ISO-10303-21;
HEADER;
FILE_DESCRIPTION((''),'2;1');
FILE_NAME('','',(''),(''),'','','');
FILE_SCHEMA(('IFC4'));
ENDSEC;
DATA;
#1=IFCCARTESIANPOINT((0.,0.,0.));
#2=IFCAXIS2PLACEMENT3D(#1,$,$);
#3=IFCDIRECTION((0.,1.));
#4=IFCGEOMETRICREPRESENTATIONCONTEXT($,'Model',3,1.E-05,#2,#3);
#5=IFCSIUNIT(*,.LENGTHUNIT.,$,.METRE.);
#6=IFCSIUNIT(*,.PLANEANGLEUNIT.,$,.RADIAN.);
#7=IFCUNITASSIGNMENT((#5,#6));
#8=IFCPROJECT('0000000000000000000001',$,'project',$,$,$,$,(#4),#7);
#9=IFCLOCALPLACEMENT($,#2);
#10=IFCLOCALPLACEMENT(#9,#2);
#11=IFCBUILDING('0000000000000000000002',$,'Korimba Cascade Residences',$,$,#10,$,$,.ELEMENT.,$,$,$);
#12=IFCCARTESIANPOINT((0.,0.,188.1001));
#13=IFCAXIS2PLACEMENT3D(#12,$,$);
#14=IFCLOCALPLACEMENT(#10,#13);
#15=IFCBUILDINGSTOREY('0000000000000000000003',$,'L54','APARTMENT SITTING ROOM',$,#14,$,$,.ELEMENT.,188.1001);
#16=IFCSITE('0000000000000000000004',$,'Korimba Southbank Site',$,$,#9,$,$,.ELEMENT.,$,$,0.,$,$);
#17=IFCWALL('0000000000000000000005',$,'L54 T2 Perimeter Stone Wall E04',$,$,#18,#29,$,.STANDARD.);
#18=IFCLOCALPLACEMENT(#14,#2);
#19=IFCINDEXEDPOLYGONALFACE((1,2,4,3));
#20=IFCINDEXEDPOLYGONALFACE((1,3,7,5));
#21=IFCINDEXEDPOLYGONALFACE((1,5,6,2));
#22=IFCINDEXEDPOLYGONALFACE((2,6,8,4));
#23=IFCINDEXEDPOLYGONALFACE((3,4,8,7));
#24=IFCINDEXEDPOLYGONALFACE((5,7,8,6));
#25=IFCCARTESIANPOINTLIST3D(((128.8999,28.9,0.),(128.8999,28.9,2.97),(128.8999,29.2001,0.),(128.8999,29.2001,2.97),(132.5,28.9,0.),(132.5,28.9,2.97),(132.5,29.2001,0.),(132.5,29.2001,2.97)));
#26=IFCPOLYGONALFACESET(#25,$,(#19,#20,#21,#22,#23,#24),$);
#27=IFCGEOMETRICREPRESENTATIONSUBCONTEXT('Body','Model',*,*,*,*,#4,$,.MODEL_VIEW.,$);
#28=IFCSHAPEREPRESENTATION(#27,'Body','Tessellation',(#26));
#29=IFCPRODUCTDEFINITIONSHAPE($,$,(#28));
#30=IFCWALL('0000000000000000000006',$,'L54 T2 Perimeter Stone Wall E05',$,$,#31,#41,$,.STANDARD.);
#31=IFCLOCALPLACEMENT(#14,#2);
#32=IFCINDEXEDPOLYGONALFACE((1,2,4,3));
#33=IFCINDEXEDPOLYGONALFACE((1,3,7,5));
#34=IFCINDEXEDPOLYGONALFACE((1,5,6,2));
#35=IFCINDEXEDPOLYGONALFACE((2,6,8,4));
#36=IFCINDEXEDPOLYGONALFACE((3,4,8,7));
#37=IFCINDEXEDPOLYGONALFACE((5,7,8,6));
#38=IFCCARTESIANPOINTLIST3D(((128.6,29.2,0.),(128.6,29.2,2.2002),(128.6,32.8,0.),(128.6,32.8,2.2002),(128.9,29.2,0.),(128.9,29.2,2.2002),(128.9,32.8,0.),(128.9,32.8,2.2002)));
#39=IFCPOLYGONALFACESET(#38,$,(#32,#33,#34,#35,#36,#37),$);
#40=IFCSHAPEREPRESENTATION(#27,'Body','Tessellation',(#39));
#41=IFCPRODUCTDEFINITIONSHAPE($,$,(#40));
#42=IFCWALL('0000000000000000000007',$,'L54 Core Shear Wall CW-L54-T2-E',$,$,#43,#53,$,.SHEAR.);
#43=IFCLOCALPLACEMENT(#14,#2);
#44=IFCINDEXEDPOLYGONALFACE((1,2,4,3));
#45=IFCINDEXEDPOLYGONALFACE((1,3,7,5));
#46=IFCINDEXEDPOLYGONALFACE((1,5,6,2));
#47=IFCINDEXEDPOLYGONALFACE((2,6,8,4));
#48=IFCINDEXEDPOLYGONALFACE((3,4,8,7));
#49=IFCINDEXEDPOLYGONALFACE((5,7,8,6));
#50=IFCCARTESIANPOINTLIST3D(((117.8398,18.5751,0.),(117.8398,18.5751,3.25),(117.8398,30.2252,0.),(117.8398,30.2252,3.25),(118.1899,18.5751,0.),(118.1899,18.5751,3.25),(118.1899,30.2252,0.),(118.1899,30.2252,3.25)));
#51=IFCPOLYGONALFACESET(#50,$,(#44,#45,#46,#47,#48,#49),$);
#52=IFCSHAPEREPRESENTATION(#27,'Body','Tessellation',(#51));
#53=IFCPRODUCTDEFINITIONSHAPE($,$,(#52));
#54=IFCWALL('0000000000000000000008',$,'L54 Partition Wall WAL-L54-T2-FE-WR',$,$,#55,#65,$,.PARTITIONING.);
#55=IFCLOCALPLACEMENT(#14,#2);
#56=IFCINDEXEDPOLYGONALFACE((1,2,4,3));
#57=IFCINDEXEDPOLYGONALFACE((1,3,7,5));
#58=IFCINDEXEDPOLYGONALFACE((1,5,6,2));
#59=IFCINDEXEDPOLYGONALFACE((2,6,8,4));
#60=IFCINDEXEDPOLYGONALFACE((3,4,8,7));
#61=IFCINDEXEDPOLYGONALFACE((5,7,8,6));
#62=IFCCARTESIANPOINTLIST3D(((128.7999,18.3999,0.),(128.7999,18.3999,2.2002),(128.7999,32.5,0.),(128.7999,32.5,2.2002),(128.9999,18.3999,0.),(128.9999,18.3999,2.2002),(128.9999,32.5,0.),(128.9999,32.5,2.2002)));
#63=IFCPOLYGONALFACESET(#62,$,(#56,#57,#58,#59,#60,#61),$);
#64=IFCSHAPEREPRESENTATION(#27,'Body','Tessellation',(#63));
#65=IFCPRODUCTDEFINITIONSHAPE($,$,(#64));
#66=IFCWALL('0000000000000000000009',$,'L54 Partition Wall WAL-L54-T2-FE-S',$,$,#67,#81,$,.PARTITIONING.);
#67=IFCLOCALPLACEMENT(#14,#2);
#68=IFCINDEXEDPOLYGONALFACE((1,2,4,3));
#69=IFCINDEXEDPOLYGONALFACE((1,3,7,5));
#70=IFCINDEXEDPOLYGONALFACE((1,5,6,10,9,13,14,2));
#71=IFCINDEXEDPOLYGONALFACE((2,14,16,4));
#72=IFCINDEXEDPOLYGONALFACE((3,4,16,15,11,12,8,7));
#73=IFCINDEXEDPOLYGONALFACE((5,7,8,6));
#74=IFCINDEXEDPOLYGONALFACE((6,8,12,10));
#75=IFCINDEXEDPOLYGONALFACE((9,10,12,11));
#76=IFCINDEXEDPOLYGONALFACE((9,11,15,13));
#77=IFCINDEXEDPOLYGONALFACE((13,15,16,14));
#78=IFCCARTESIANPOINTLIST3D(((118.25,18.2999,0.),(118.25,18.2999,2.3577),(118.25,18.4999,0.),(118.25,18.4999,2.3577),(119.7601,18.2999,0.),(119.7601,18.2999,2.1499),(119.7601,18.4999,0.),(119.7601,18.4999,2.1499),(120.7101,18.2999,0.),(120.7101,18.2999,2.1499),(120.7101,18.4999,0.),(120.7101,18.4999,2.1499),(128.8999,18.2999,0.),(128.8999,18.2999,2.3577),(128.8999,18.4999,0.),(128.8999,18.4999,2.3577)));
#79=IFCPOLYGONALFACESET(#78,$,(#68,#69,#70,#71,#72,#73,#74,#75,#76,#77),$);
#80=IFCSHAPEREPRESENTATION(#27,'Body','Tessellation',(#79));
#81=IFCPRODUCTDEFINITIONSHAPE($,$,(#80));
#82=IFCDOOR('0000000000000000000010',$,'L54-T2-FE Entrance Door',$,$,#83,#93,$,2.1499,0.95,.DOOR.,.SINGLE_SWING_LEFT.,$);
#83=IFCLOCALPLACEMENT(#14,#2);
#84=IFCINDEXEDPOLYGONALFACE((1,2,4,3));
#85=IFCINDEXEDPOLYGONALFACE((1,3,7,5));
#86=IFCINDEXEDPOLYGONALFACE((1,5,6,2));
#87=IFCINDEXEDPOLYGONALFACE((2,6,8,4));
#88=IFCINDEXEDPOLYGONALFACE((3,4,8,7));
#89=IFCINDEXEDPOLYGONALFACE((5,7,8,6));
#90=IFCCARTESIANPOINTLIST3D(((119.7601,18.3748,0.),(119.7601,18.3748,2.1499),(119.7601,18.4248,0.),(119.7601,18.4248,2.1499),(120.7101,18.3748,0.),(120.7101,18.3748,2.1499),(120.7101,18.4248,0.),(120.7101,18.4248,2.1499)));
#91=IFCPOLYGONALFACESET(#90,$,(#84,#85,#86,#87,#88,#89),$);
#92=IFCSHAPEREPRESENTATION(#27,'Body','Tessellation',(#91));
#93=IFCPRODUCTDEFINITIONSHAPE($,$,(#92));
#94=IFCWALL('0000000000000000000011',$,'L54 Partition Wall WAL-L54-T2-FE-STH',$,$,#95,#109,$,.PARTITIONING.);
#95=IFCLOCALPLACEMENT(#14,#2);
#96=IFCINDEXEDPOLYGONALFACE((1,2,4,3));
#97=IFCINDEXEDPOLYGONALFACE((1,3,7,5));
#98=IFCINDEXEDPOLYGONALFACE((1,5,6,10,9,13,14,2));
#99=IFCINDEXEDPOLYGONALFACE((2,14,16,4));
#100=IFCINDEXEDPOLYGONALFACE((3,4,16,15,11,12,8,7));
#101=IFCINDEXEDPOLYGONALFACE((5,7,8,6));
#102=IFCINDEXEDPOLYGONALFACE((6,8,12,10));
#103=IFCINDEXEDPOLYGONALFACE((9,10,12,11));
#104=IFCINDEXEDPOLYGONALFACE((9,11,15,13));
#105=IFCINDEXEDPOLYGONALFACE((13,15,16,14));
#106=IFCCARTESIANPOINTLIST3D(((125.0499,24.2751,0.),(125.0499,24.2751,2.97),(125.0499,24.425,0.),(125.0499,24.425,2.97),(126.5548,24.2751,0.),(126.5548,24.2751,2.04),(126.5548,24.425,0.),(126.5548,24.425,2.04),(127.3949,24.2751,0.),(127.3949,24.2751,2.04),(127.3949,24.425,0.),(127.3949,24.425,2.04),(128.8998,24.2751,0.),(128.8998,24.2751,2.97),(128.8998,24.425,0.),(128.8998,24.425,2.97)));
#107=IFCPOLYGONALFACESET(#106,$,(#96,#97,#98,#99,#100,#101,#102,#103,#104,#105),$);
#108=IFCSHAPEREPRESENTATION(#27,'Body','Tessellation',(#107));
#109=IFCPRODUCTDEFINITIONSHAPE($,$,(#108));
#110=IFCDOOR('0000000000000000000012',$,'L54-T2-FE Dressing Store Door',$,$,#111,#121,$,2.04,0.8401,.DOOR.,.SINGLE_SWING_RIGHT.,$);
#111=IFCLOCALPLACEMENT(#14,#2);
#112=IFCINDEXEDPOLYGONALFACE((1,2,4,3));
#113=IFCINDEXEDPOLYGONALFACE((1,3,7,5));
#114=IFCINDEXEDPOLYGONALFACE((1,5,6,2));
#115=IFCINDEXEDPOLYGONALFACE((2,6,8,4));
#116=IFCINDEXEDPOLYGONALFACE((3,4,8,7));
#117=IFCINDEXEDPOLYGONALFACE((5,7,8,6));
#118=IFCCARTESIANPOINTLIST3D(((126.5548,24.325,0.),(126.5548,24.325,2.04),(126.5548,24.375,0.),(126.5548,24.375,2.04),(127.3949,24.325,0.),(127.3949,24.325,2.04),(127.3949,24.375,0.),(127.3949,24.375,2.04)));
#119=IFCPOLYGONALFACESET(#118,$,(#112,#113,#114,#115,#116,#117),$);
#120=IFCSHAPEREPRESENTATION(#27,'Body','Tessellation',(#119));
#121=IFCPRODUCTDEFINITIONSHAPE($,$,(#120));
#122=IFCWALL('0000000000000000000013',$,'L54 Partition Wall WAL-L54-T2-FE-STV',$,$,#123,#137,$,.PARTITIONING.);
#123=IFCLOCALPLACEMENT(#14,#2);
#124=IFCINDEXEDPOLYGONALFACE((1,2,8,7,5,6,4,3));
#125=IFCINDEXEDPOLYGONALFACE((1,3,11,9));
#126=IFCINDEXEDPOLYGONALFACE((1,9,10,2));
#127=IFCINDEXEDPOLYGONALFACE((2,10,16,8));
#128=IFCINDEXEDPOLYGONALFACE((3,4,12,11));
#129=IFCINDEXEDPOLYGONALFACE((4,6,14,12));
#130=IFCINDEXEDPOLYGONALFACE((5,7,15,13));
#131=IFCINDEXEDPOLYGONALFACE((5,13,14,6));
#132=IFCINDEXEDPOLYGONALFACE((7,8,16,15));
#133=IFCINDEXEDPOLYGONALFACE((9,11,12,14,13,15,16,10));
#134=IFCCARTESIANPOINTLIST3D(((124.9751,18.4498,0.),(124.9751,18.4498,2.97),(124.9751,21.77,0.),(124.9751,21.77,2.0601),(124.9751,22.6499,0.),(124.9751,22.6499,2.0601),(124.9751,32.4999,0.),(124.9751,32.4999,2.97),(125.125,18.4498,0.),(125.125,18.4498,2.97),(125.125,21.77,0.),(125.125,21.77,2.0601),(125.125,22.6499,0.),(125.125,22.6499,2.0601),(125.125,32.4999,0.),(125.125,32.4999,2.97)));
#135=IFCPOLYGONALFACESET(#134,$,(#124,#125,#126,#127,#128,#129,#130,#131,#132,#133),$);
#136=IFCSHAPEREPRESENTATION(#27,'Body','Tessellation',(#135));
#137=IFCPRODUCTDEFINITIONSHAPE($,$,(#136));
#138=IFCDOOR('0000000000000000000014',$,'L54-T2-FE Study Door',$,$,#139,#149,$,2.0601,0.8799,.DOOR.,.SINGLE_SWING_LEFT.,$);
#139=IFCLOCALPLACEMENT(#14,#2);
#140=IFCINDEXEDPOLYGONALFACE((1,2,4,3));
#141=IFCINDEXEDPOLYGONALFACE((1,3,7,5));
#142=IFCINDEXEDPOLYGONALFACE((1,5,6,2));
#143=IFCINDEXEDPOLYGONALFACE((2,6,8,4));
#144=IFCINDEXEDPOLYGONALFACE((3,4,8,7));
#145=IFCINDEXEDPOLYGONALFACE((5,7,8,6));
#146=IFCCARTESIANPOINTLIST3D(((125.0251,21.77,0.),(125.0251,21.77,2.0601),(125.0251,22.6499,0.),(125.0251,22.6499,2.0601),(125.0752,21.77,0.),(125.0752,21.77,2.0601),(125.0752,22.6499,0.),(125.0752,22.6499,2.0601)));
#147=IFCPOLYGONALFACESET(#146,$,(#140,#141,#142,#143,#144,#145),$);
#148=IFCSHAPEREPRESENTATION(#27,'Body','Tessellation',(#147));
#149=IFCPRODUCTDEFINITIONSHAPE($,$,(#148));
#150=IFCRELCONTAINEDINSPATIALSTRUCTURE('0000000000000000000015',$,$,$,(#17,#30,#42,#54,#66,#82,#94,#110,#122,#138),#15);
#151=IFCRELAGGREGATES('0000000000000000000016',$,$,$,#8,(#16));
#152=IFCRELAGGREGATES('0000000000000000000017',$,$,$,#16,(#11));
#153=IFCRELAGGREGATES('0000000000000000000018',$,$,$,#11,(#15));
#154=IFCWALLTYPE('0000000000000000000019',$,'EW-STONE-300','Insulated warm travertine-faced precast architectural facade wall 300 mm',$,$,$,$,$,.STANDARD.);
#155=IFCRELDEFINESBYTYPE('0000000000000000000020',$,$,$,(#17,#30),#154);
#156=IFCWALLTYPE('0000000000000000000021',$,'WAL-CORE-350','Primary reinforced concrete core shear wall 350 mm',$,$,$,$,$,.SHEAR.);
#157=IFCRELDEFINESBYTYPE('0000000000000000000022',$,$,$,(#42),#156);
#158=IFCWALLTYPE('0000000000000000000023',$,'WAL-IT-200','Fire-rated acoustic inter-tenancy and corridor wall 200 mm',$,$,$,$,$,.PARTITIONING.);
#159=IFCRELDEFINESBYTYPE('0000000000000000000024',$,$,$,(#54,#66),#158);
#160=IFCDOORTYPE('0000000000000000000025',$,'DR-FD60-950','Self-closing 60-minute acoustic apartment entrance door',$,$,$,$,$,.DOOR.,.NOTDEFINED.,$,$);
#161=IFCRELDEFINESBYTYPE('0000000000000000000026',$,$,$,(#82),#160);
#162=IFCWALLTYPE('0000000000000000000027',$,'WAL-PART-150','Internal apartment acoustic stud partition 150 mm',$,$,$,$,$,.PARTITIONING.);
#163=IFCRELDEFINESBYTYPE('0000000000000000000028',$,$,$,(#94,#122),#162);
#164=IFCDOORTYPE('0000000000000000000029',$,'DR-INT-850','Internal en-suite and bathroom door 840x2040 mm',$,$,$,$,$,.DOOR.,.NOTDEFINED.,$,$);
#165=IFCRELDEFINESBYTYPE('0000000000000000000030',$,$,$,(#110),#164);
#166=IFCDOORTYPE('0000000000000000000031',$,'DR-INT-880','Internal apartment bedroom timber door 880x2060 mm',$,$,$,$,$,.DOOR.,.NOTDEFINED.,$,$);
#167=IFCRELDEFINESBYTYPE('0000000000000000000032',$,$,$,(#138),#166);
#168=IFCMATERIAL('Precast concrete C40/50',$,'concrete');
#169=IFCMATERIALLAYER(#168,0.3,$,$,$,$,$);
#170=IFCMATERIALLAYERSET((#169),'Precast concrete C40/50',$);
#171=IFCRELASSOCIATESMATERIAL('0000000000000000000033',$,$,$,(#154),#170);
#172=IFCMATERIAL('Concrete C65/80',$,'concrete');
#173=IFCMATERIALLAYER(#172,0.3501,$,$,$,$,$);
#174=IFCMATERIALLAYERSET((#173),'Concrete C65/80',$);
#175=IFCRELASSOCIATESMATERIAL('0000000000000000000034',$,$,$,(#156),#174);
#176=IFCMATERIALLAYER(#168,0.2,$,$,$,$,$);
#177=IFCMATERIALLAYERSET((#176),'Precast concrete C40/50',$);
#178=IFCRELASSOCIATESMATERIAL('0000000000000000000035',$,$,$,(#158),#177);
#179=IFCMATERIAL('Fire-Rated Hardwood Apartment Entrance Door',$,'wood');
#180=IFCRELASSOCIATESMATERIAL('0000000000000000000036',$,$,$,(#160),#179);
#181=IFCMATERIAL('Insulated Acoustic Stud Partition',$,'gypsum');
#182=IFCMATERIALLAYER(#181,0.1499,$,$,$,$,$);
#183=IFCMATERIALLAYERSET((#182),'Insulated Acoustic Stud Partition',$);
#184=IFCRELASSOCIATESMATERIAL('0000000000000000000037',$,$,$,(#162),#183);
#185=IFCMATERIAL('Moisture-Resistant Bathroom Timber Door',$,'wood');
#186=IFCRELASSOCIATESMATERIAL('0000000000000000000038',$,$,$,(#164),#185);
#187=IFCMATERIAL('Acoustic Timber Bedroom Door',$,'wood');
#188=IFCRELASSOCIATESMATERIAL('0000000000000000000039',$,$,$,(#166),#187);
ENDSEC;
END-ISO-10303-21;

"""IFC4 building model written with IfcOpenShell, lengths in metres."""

from ifc_helpers import new_model, si_unit, direction, frame, frame_2d, origin, place, context, subcontext, project, spatial, rectangle, extrude, material, layer, layer_set, type_object, element, fill, save


model = new_model("IFC4")

# Units and contexts
model_context = context("Model", 3, precision=1e-05, world=origin(), true_north=direction((0.0, 1.0)))
body_context = subcontext(model_context, "Body", "Model", "MODEL_VIEW")
ifc_project = project(units=[si_unit("LENGTHUNIT", "METRE"), si_unit("PLANEANGLEUNIT", "RADIAN")], contexts=[model_context])

# Site, building, storey
site_placement = place(None, origin())
site = spatial("IfcSite", under=ifc_project, at=site_placement, Name="Korimba Southbank Site", CompositionType="ELEMENT", RefElevation=0.0)
building_placement = place(site_placement, origin())
building = spatial("IfcBuilding", under=site, at=building_placement, Name="Korimba Cascade Residences", CompositionType="ELEMENT")
storey_placement = place(building_placement, frame((0.0, 0.0, 188.1001)))
storey = spatial("IfcBuildingStorey", under=building, at=storey_placement, Name="L54", Description="APARTMENT SITTING ROOM", CompositionType="ELEMENT", Elevation=188.1001)

# Walls
ifc_material_1 = material(Name="Precast concrete C40/50", Category="concrete")
ifc_layer_1 = layer(ifc_material_1, 0.3)
ifc_layer_set_1 = layer_set([ifc_layer_1], Name="Precast concrete C40/50")
wall_type_1 = type_object("IfcWallType", Name="EW-STONE-300", Description="Insulated warm travertine-faced precast architectural facade wall 300 mm", PredefinedType="STANDARD", material=ifc_layer_set_1)
wall_1_placement = place(storey_placement, frame((132.5, 29.05, 0.0), z_axis=(0.0, 0.0, 1.0), x_axis=(-1.0, 0.0, 0.0)))
element("IfcWall", 1, at=wall_1_placement, inside=storey, type_object=wall_type_1, Name="L54 T2 Perimeter Stone Wall E04", PredefinedType="STANDARD", context=body_context, shape_type="SweptSolid", body=[
    extrude(rectangle(XDim=3.6001, YDim=0.3, at=frame_2d((1.8, 0.0))), origin(), (0.0, 0.0, 1.0), 2.97),
])
wall_2_placement = place(storey_placement, frame((128.75, 29.2, 0.0), z_axis=(0.0, 0.0, 1.0), x_axis=(0.0, 1.0, 0.0)))
element("IfcWall", 2, at=wall_2_placement, inside=storey, type_object=wall_type_1, Name="L54 T2 Perimeter Stone Wall E05", PredefinedType="STANDARD", context=body_context, shape_type="SweptSolid", body=[
    extrude(rectangle(XDim=3.6001, YDim=0.3, at=frame_2d((1.8, 0.0))), origin(), (0.0, 0.0, 1.0), 2.2002),
])
ifc_material_2 = material(Name="Concrete C65/80", Category="concrete")
ifc_layer_2 = layer(ifc_material_2, 0.3501)
ifc_layer_set_2 = layer_set([ifc_layer_2], Name="Concrete C65/80")
wall_type_2 = type_object("IfcWallType", Name="WAL-CORE-350", Description="Primary reinforced concrete core shear wall 350 mm", PredefinedType="SHEAR", material=ifc_layer_set_2)
wall_3_placement = place(storey_placement, frame((118.0149, 18.575, 0.0), z_axis=(0.0, 0.0, 1.0), x_axis=(0.0, 1.0, 0.0)))
element("IfcWall", 3, at=wall_3_placement, inside=storey, type_object=wall_type_2, Name="L54 Core Shear Wall CW-L54-T2-E", PredefinedType="SHEAR", context=body_context, shape_type="SweptSolid", body=[
    extrude(rectangle(XDim=11.6501, YDim=0.3501, at=frame_2d((5.8252, 0.0))), origin(), (0.0, 0.0, 1.0), 3.25),
])
ifc_layer_3 = layer(ifc_material_1, 0.2)
ifc_layer_set_3 = layer_set([ifc_layer_3], Name="Precast concrete C40/50")
wall_type_3 = type_object("IfcWallType", Name="WAL-IT-200", Description="Fire-rated acoustic inter-tenancy and corridor wall 200 mm", PredefinedType="PARTITIONING", material=ifc_layer_set_3)
wall_4_placement = place(storey_placement, frame((128.8999, 18.3999, 0.0), z_axis=(0.0, 0.0, 1.0), x_axis=(0.0, 1.0, 0.0)))
element("IfcWall", 4, at=wall_4_placement, inside=storey, type_object=wall_type_3, Name="L54 Partition Wall WAL-L54-T2-FE-WR", PredefinedType="PARTITIONING", context=body_context, shape_type="SweptSolid", body=[
    extrude(rectangle(XDim=14.1001, YDim=0.2, at=frame_2d((7.05, 0.0))), origin(), (0.0, 0.0, 1.0), 2.2002),
])

# Walls, openings, doors
wall_5_placement = place(storey_placement, frame((118.25, 18.3999, 0.0), z_axis=(0.0, 0.0, 1.0), x_axis=(1.0, 0.0, 0.0)))
wall_5 = element("IfcWall", 5, at=wall_5_placement, inside=storey, type_object=wall_type_3, Name="L54 Partition Wall WAL-L54-T2-FE-S", PredefinedType="PARTITIONING", context=body_context, shape_type="SweptSolid", body=[
    extrude(rectangle(XDim=10.6499, YDim=0.2, at=frame_2d((5.325, 0.0))), origin(), (0.0, 0.0, 1.0), 2.3577),
])
opening_1_placement = place(wall_5_placement, frame((1.51, 0.0, 0.0)))
opening_1 = element("IfcOpeningElement", 6, at=opening_1_placement, cuts=wall_5, PredefinedType="OPENING", context=body_context, shape_type="SweptSolid", body=[
    extrude(rectangle(XDim=0.95, YDim=2.1499, at=frame_2d((0.4751, 1.075))), frame((0.0, 0.1099, 0.0), z_axis=(0.0, -1.0, 0.0), x_axis=(1.0, 0.0, 0.0)), (0.0, 0.0, 1.0), 0.22),
])
ifc_material_3 = material(Name="Fire-Rated Hardwood Apartment Entrance Door", Category="wood")
door_type_1 = type_object("IfcDoorType", Name="DR-FD60-950", Description="Self-closing 60-minute acoustic apartment entrance door", OperationType="NOTDEFINED", PredefinedType="DOOR", material=ifc_material_3)
door_1_placement = place(opening_1_placement, origin())
door_1 = element("IfcDoor", 7, at=door_1_placement, inside=storey, type_object=door_type_1, Name="L54-T2-FE Entrance Door", OperationType="SINGLE_SWING_LEFT", OverallHeight=2.1499, OverallWidth=0.95, PredefinedType="DOOR", context=body_context, shape_type="SweptSolid", body=[
    extrude(rectangle(XDim=0.95, YDim=2.1499, at=frame_2d((0.4751, 1.075))), frame((0.0, 0.0249, 0.0), z_axis=(0.0, -1.0, 0.0), x_axis=(1.0, 0.0, 0.0)), (0.0, 0.0, 1.0), 0.05),
])
fill(opening_1, door_1)
ifc_material_4 = material(Name="Insulated Acoustic Stud Partition", Category="gypsum")
ifc_layer_4 = layer(ifc_material_4, 0.1499)
ifc_layer_set_4 = layer_set([ifc_layer_4], Name="Insulated Acoustic Stud Partition")
wall_type_4 = type_object("IfcWallType", Name="WAL-PART-150", Description="Internal apartment acoustic stud partition 150 mm", PredefinedType="PARTITIONING", material=ifc_layer_set_4)
wall_6_placement = place(storey_placement, frame((125.05, 24.3501, 0.0), z_axis=(0.0, 0.0, 1.0), x_axis=(1.0, 0.0, 0.0)))
wall_6 = element("IfcWall", 8, at=wall_6_placement, inside=storey, type_object=wall_type_4, Name="L54 Partition Wall WAL-L54-T2-FE-STH", PredefinedType="PARTITIONING", context=body_context, shape_type="SweptSolid", body=[
    extrude(rectangle(XDim=3.8499, YDim=0.1499, at=frame_2d((1.9248, 0.0))), origin(), (0.0, 0.0, 1.0), 2.97),
])
opening_2_placement = place(wall_6_placement, frame((1.5049, 0.0, 0.0)))
opening_2 = element("IfcOpeningElement", 9, at=opening_2_placement, cuts=wall_6, PredefinedType="OPENING", context=body_context, shape_type="SweptSolid", body=[
    extrude(rectangle(XDim=0.8401, YDim=2.04, at=frame_2d((0.4199, 1.02))), frame((0.0, 0.085, 0.0), z_axis=(0.0, -1.0, 0.0), x_axis=(1.0, 0.0, 0.0)), (0.0, 0.0, 1.0), 0.1699),
])
ifc_material_5 = material(Name="Moisture-Resistant Bathroom Timber Door", Category="wood")
door_type_2 = type_object("IfcDoorType", Name="DR-INT-850", Description="Internal en-suite and bathroom door 840x2040 mm", OperationType="NOTDEFINED", PredefinedType="DOOR", material=ifc_material_5)
door_2_placement = place(opening_2_placement, origin())
door_2 = element("IfcDoor", 10, at=door_2_placement, inside=storey, type_object=door_type_2, Name="L54-T2-FE Dressing Store Door", OperationType="SINGLE_SWING_RIGHT", OverallHeight=2.04, OverallWidth=0.8401, PredefinedType="DOOR", context=body_context, shape_type="SweptSolid", body=[
    extrude(rectangle(XDim=0.8401, YDim=2.04, at=frame_2d((0.4199, 1.02))), frame((0.0, 0.0249, 0.0), z_axis=(0.0, -1.0, 0.0), x_axis=(1.0, 0.0, 0.0)), (0.0, 0.0, 1.0), 0.05),
])
fill(opening_2, door_2)
wall_7_placement = place(storey_placement, frame((125.05, 18.45, 0.0), z_axis=(0.0, 0.0, 1.0), x_axis=(0.0, 1.0, 0.0)))
wall_7 = element("IfcWall", 11, at=wall_7_placement, inside=storey, type_object=wall_type_4, Name="L54 Partition Wall WAL-L54-T2-FE-STV", PredefinedType="PARTITIONING", context=body_context, shape_type="SweptSolid", body=[
    extrude(rectangle(XDim=14.05, YDim=0.1499, at=frame_2d((7.0249, 0.0))), origin(), (0.0, 0.0, 1.0), 2.97),
])
opening_3_placement = place(wall_7_placement, frame((3.3201, 0.0, 0.0)))
opening_3 = element("IfcOpeningElement", 12, at=opening_3_placement, cuts=wall_7, PredefinedType="OPENING", context=body_context, shape_type="SweptSolid", body=[
    extrude(rectangle(XDim=0.8799, YDim=2.0601, at=frame_2d((0.4399, 1.03))), frame((0.0, 0.085, 0.0), z_axis=(0.0, -1.0, 0.0), x_axis=(1.0, 0.0, 0.0)), (0.0, 0.0, 1.0), 0.1699),
])
ifc_material_6 = material(Name="Acoustic Timber Bedroom Door", Category="wood")
door_type_3 = type_object("IfcDoorType", Name="DR-INT-880", Description="Internal apartment bedroom timber door 880x2060 mm", OperationType="NOTDEFINED", PredefinedType="DOOR", material=ifc_material_6)
door_3_placement = place(opening_3_placement, origin())
door_3 = element("IfcDoor", 13, at=door_3_placement, inside=storey, type_object=door_type_3, Name="L54-T2-FE Study Door", OperationType="SINGLE_SWING_LEFT", OverallHeight=2.0601, OverallWidth=0.8799, PredefinedType="DOOR", context=body_context, shape_type="SweptSolid", body=[
    extrude(rectangle(XDim=0.8799, YDim=2.0601, at=frame_2d((0.4399, 1.03))), frame((0.0, 0.0249, 0.0), z_axis=(0.0, -1.0, 0.0), x_axis=(1.0, 0.0, 0.0)), (0.0, 0.0, 1.0), 0.05),
])
fill(opening_3, door_3)

save(model, "model.ifc")
